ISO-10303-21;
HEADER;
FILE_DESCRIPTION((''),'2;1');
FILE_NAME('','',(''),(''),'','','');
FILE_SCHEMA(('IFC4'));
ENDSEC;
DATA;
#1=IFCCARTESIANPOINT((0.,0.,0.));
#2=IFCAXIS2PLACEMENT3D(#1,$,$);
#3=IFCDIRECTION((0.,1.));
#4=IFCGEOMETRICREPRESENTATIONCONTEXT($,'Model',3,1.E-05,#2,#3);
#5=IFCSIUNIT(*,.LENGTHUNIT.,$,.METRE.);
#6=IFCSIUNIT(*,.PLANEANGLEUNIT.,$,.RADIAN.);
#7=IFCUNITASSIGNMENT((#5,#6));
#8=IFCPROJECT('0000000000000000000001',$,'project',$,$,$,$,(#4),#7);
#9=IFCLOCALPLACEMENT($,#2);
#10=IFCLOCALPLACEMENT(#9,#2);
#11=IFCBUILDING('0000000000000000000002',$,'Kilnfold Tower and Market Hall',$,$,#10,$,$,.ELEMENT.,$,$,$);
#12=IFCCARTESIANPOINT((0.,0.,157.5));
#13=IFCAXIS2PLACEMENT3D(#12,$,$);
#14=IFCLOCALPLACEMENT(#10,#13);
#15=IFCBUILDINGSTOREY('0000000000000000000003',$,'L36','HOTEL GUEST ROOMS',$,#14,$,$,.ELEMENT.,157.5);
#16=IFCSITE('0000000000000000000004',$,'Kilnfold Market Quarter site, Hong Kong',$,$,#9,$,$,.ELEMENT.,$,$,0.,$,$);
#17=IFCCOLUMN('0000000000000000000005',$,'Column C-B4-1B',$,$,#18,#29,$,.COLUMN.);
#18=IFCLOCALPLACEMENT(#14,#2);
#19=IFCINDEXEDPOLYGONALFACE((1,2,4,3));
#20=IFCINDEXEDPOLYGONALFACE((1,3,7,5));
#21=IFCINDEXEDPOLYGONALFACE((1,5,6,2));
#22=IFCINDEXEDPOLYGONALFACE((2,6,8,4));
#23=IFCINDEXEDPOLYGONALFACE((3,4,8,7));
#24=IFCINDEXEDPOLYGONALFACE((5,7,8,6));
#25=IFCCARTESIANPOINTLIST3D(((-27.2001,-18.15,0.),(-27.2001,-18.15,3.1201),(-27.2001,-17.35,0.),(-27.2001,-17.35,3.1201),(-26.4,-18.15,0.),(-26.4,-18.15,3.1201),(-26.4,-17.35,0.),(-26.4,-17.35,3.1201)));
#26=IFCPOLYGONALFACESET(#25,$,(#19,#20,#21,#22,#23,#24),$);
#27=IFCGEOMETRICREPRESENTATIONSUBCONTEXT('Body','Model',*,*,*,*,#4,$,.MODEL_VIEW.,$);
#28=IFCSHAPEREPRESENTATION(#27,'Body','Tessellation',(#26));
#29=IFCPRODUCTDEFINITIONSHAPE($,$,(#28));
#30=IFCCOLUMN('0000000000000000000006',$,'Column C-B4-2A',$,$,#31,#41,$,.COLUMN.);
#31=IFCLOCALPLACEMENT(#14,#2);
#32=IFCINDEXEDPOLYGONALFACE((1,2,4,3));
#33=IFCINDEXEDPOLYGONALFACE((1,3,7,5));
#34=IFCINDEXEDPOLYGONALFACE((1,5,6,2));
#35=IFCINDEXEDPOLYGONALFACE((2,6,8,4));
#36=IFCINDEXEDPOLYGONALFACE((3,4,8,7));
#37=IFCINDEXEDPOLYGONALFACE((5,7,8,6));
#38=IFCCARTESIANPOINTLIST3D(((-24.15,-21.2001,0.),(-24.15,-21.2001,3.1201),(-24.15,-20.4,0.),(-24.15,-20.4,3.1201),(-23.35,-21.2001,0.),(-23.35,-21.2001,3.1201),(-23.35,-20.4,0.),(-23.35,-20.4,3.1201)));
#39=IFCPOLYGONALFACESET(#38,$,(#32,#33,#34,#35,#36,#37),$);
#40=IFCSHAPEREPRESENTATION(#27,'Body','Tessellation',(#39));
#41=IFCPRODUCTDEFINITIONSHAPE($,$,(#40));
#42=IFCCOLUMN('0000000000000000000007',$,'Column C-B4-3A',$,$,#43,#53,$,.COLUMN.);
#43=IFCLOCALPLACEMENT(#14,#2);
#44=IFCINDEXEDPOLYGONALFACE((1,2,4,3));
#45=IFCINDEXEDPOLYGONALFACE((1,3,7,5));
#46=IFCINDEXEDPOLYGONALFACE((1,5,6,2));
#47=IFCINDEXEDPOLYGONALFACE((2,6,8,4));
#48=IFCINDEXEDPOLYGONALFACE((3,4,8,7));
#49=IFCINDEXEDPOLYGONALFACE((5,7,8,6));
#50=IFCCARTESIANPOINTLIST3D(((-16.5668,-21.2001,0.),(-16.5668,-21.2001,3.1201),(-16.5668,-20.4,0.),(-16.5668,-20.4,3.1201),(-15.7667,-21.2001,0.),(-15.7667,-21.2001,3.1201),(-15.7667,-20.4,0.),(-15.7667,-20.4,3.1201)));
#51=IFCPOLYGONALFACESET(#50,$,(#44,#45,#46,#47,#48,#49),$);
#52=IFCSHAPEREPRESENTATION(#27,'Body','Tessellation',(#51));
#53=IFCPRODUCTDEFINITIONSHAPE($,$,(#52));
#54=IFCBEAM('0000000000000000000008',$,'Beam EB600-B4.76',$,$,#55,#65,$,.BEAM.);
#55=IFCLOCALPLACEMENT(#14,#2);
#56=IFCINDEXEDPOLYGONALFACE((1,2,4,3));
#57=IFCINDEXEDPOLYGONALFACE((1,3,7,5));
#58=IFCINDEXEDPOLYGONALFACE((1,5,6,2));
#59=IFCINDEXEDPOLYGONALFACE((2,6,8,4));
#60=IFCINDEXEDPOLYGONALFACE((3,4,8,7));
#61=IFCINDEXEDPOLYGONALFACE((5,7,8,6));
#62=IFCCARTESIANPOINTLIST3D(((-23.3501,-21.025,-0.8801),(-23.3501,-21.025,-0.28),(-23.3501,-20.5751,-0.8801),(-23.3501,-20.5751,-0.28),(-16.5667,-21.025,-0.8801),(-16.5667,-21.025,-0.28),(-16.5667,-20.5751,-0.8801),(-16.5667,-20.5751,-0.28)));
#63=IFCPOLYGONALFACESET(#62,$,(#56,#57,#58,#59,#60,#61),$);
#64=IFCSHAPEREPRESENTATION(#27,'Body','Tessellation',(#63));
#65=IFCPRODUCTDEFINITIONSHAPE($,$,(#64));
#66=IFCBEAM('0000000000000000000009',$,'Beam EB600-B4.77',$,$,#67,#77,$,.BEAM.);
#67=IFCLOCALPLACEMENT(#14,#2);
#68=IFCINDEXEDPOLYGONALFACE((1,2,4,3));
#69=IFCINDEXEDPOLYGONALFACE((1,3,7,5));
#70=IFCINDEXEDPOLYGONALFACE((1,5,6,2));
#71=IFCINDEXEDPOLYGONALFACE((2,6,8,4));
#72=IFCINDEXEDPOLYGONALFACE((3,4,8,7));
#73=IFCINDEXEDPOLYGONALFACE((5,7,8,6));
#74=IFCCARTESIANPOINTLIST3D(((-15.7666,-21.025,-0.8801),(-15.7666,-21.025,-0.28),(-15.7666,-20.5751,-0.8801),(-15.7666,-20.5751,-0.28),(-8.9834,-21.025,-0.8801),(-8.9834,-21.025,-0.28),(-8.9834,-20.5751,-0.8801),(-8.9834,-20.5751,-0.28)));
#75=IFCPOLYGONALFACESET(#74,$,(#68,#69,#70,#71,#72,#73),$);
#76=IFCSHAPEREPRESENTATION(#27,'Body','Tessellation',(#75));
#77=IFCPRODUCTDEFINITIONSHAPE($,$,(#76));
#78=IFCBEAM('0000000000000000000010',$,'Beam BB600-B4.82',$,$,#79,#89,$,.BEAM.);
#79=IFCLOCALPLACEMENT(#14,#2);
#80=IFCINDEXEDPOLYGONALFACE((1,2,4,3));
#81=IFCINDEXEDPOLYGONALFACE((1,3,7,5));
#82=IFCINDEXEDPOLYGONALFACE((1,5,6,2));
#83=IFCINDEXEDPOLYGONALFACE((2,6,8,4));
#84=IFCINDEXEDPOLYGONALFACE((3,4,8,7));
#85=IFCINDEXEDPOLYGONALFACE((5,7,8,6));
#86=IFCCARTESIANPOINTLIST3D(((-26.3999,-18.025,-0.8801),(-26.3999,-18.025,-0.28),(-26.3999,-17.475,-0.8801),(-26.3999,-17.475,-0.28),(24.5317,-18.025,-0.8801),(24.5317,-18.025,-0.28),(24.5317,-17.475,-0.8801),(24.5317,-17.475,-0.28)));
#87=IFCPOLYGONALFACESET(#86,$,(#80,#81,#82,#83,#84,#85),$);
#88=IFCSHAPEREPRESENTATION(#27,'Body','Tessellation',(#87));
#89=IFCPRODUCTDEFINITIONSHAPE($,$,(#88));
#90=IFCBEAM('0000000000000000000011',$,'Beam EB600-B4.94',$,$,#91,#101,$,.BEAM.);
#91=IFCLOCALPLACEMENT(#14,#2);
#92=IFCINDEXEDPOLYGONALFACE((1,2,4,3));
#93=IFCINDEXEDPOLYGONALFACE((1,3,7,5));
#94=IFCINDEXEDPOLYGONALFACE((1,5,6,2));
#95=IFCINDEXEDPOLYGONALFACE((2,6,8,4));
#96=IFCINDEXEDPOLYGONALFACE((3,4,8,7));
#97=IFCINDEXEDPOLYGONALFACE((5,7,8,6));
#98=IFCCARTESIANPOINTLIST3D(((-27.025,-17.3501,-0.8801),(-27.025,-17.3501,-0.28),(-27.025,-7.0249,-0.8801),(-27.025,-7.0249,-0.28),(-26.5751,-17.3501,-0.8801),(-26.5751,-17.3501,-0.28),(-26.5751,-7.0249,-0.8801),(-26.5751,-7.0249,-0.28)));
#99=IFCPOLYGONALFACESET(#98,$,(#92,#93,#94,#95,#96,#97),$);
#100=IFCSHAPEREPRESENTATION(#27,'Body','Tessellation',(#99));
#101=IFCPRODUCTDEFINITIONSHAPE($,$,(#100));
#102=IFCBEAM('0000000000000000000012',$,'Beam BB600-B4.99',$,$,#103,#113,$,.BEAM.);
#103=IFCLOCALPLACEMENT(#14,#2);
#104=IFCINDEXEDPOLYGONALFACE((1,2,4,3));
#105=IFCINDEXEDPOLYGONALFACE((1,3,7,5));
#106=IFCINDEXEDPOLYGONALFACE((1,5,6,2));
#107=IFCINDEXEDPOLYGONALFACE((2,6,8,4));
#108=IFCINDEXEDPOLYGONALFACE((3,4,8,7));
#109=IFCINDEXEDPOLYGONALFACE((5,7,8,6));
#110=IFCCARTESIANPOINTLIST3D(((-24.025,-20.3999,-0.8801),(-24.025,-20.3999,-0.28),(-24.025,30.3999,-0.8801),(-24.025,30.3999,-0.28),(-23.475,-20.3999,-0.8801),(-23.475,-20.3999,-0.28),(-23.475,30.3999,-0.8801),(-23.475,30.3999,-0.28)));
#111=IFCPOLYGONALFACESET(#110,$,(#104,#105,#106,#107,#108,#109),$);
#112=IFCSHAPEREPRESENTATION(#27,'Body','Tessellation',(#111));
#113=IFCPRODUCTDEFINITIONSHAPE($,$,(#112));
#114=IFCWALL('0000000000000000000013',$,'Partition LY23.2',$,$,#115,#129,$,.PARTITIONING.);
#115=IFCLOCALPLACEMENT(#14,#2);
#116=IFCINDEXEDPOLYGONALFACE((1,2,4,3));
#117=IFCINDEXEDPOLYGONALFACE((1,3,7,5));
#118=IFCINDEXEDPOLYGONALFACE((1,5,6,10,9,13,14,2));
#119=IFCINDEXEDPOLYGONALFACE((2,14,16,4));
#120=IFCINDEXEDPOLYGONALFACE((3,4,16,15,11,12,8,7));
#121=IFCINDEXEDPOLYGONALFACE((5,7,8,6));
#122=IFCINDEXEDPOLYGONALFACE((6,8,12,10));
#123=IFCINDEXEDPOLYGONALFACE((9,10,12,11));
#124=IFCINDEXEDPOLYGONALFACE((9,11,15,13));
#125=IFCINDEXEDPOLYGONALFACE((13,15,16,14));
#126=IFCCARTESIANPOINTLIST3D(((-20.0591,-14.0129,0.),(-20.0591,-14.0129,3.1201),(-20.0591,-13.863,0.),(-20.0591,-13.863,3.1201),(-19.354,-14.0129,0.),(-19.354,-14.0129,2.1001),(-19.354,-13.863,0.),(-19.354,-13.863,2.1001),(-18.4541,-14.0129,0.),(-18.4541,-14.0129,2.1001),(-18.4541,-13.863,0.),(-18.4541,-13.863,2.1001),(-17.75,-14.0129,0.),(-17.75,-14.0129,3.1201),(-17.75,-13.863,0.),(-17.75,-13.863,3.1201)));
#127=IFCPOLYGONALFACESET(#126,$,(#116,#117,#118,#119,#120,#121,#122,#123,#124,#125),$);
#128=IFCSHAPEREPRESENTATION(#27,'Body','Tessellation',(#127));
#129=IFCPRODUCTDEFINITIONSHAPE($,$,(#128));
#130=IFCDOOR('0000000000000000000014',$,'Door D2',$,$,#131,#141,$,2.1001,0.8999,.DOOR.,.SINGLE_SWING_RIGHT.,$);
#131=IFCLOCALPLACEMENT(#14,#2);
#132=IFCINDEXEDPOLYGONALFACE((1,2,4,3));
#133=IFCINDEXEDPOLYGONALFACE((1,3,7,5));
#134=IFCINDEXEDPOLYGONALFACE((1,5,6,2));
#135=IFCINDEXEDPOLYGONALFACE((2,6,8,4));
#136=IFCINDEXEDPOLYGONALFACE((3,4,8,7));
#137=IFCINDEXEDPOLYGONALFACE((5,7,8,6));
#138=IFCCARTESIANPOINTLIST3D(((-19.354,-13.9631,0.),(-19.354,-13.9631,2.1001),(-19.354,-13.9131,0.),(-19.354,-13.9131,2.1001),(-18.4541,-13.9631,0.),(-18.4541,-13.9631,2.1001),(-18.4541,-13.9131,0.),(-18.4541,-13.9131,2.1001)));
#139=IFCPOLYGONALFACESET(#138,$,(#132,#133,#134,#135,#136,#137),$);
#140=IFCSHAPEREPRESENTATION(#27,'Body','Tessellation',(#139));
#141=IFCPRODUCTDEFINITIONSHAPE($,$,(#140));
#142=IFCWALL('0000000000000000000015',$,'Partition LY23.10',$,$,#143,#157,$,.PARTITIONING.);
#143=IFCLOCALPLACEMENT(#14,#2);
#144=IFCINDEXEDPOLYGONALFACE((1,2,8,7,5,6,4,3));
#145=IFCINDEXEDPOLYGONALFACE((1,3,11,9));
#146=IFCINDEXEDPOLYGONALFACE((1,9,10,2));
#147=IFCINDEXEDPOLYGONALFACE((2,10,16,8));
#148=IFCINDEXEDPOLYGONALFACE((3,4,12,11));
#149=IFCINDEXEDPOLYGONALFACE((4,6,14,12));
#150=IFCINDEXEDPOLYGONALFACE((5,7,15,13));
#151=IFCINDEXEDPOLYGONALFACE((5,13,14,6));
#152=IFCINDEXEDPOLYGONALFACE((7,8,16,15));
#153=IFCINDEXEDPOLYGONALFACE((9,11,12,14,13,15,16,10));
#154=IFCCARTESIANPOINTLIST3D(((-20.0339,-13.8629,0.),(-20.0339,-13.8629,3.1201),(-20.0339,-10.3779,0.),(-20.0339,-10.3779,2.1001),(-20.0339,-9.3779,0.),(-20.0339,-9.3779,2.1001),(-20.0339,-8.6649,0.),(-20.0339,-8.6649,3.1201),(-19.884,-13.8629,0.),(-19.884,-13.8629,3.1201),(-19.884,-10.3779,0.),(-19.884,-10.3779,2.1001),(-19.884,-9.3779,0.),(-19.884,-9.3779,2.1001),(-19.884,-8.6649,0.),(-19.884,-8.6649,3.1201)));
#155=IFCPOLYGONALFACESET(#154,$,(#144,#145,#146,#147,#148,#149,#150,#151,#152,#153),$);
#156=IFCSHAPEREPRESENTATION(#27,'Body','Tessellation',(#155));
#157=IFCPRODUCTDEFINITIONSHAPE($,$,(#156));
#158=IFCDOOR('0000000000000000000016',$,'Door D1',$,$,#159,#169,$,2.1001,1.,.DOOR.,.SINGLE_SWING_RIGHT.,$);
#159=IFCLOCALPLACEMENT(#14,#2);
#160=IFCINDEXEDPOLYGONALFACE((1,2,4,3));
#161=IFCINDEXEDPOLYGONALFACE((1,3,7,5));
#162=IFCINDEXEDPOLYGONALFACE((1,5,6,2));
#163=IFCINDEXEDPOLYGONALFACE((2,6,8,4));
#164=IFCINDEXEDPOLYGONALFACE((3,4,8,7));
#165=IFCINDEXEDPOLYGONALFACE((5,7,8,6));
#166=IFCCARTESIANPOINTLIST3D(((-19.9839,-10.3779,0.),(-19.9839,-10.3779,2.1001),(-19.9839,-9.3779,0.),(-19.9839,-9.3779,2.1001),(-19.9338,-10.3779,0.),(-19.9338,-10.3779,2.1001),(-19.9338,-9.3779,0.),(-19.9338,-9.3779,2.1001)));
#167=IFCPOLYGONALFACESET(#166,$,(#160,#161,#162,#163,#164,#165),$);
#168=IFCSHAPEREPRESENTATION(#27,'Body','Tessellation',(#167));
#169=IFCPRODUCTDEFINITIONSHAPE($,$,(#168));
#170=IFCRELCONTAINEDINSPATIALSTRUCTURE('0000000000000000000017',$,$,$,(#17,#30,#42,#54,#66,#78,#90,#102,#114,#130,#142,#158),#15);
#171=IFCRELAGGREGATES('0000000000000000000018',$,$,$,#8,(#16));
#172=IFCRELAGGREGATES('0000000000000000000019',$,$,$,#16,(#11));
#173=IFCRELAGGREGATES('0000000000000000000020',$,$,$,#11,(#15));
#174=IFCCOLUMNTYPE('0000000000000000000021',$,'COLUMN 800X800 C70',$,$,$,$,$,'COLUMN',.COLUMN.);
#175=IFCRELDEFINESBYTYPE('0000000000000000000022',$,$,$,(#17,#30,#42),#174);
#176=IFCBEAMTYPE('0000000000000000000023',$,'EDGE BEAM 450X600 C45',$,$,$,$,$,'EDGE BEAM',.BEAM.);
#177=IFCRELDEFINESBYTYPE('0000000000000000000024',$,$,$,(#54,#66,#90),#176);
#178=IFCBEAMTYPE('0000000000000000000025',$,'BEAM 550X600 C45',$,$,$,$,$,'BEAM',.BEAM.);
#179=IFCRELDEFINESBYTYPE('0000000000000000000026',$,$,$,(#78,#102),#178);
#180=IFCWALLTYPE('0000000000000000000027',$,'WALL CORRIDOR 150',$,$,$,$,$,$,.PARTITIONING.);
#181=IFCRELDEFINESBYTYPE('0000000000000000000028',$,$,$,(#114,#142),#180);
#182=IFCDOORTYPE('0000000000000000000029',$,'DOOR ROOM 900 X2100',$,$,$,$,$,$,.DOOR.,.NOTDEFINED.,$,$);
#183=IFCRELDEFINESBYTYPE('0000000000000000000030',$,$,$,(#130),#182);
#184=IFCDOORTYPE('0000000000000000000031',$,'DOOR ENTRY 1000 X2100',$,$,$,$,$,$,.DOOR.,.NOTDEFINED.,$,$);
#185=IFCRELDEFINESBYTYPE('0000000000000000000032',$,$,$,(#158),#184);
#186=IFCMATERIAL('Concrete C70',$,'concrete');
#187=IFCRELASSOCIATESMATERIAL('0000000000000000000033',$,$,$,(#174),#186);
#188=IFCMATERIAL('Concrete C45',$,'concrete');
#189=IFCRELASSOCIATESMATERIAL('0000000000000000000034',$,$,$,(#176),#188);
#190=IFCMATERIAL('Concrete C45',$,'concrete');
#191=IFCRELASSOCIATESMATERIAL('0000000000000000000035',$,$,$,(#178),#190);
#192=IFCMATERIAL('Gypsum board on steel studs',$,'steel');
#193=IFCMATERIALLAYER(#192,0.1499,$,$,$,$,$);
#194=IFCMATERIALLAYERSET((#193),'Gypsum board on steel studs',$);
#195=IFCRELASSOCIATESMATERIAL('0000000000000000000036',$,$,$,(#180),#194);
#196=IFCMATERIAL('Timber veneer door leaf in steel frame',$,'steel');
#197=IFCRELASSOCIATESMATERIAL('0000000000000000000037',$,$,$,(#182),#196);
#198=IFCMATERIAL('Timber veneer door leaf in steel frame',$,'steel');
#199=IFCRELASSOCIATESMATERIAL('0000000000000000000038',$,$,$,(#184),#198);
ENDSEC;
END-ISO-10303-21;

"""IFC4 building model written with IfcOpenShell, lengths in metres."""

from ifc_helpers import new_model, si_unit, direction, frame, frame_2d, origin, origin_2d, place, context, subcontext, project, spatial, rectangle, extrude, source, transform, mapped, material, layer, layer_set, material_profile, profile_set, type_object, element, fill, save


model = new_model("IFC4")

# Units and contexts
model_context = context("Model", 3, precision=1e-05, world=origin(), true_north=direction((0.0, 1.0)))
body_context = subcontext(model_context, "Body", "Model", "MODEL_VIEW")
ifc_project = project(units=[si_unit("LENGTHUNIT", "METRE"), si_unit("PLANEANGLEUNIT", "RADIAN")], contexts=[model_context])

# Site, building, storey
site_placement = place(None, origin())
site = spatial("IfcSite", under=ifc_project, at=site_placement, Name="Kilnfold Market Quarter site, Hong Kong", CompositionType="ELEMENT", RefElevation=0.0)
building_placement = place(site_placement, origin())
building = spatial("IfcBuilding", under=site, at=building_placement, Name="Kilnfold Tower and Market Hall", CompositionType="ELEMENT")
storey_placement = place(building_placement, frame((0.0, 0.0, 157.5)))
storey = spatial("IfcBuildingStorey", under=building, at=storey_placement, Name="L36", Description="HOTEL GUEST ROOMS", CompositionType="ELEMENT", Elevation=157.5)

# Columns
ifc_material_1 = material(Name="Concrete C70", Category="concrete")
ifc_material_profile_1 = material_profile(ifc_material_1, rectangle(XDim=0.8, YDim=0.8, at=origin_2d()), Name="RC 800x800")
ifc_profile_set_1 = profile_set([ifc_material_profile_1], Name="Concrete C70")
column_type = type_object("IfcColumnType", Name="COLUMN 800X800 C70", ElementType="COLUMN", PredefinedType="COLUMN", material=ifc_profile_set_1)
shared_shape_1 = source(origin(), body_context, "Body", "SweptSolid", [
    extrude(rectangle(XDim=0.8, YDim=0.8, at=origin_2d()), origin(), (0.0, 0.0, 1.0), 3.1201),
])
for number, where, z_axis, x_axis, name in (
    (1, (-26.8, -17.75, 0.0), (0.0, 0.0, 1.0), (1.0, 0.0, 0.0), "Column C-B4-1B"),
    (2, (-23.75, -20.8, 0.0), (0.0, 0.0, 1.0), (1.0, 0.0, 0.0), "Column C-B4-2A"),
    (3, (-16.1667, -20.8, 0.0), (0.0, 0.0, 1.0), (1.0, 0.0, 0.0), "Column C-B4-3A"),
):
    element("IfcColumn", number, at=place(storey_placement, frame(where, z_axis=z_axis, x_axis=x_axis)), inside=storey, type_object=column_type, Name=name, PredefinedType="COLUMN", context=body_context, shape_type="MappedRepresentation", body=[
        mapped(shared_shape_1, transform((0.0, 0.0, 0.0))),
    ])

# Beams
ifc_material_2 = material(Name="Concrete C45", Category="concrete")
ifc_material_profile_2 = material_profile(ifc_material_2, rectangle(XDim=0.45, YDim=0.6001, at=origin_2d()), Name="RC 450x600")
ifc_profile_set_2 = profile_set([ifc_material_profile_2], Name="Concrete C45")
beam_type_1 = type_object("IfcBeamType", Name="EDGE BEAM 450X600 C45", ElementType="EDGE BEAM", PredefinedType="BEAM", material=ifc_profile_set_2)
shared_shape_2 = source(origin(), body_context, "Body", "SweptSolid", [
    extrude(rectangle(XDim=0.45, YDim=0.6001, at=origin_2d()), origin(), (0.0, 0.0, 1.0), 6.7834),
])
beam_1_placement = place(storey_placement, frame((-23.3501, -20.8, -0.5801), z_axis=(1.0, 0.0, 0.0), x_axis=(0.0, 1.0, 0.0)))
element("IfcBeam", 4, at=beam_1_placement, inside=storey, type_object=beam_type_1, Name="Beam EB600-B4.76", PredefinedType="BEAM", context=body_context, shape_type="MappedRepresentation", body=[
    mapped(shared_shape_2, transform((0.0, 0.0, 0.0))),
])
shared_shape_3 = source(origin(), body_context, "Body", "SweptSolid", [
    extrude(rectangle(XDim=0.45, YDim=0.6001, at=origin_2d()), origin(), (0.0, 0.0, 1.0), 6.7832),
])
beam_2_placement = place(storey_placement, frame((-15.7666, -20.8, -0.5801), z_axis=(1.0, 0.0, 0.0), x_axis=(0.0, 1.0, 0.0)))
element("IfcBeam", 5, at=beam_2_placement, inside=storey, type_object=beam_type_1, Name="Beam EB600-B4.77", PredefinedType="BEAM", context=body_context, shape_type="MappedRepresentation", body=[
    mapped(shared_shape_3, transform((0.0, 0.0, 0.0))),
])
ifc_material_3 = material(Name="Concrete C45", Category="concrete")
ifc_material_profile_3 = material_profile(ifc_material_3, rectangle(XDim=0.55, YDim=0.6001, at=origin_2d()), Name="RC 550x600")
ifc_profile_set_3 = profile_set([ifc_material_profile_3], Name="Concrete C45")
beam_type_2 = type_object("IfcBeamType", Name="BEAM 550X600 C45", ElementType="BEAM", PredefinedType="BEAM", material=ifc_profile_set_3)
shared_shape_4 = source(origin(), body_context, "Body", "SweptSolid", [
    extrude(rectangle(XDim=0.55, YDim=0.6001, at=origin_2d()), origin(), (0.0, 0.0, 1.0), 50.9316),
])
beam_3_placement = place(storey_placement, frame((-26.3999, -17.75, -0.5801), z_axis=(1.0, 0.0, 0.0), x_axis=(0.0, 1.0, 0.0)))
element("IfcBeam", 6, at=beam_3_placement, inside=storey, type_object=beam_type_2, Name="Beam BB600-B4.82", PredefinedType="BEAM", context=body_context, shape_type="MappedRepresentation", body=[
    mapped(shared_shape_4, transform((0.0, 0.0, 0.0))),
])
shared_shape_5 = source(origin(), body_context, "Body", "SweptSolid", [
    extrude(rectangle(XDim=0.45, YDim=0.6001, at=origin_2d()), origin(), (0.0, 0.0, 1.0), 10.3252),
])
beam_4_placement = place(storey_placement, frame((-26.8, -17.3501, -0.5801), z_axis=(0.0, 1.0, 0.0), x_axis=(-1.0, 0.0, 0.0)))
element("IfcBeam", 7, at=beam_4_placement, inside=storey, type_object=beam_type_1, Name="Beam EB600-B4.94", PredefinedType="BEAM", context=body_context, shape_type="MappedRepresentation", body=[
    mapped(shared_shape_5, transform((0.0, 0.0, 0.0))),
])
shared_shape_6 = source(origin(), body_context, "Body", "SweptSolid", [
    extrude(rectangle(XDim=0.55, YDim=0.6001, at=origin_2d()), origin(), (0.0, 0.0, 1.0), 50.7998),
])
beam_5_placement = place(storey_placement, frame((-23.75, -20.3999, -0.5801), z_axis=(0.0, 1.0, 0.0), x_axis=(-1.0, 0.0, 0.0)))
element("IfcBeam", 8, at=beam_5_placement, inside=storey, type_object=beam_type_2, Name="Beam BB600-B4.99", PredefinedType="BEAM", context=body_context, shape_type="MappedRepresentation", body=[
    mapped(shared_shape_6, transform((0.0, 0.0, 0.0))),
])

# Walls, openings, doors
ifc_material_4 = material(Name="Gypsum board on steel studs", Category="steel")
ifc_layer_1 = layer(ifc_material_4, 0.1499)
ifc_layer_set_1 = layer_set([ifc_layer_1], Name="Gypsum board on steel studs")
wall_type_1 = type_object("IfcWallType", Name="WALL CORRIDOR 150", PredefinedType="PARTITIONING", material=ifc_layer_set_1)
wall_1_placement = place(storey_placement, frame((-20.0591, -13.938, 0.0), z_axis=(0.0, 0.0, 1.0), x_axis=(1.0, 0.0, 0.0)))
wall_1 = element("IfcWall", 9, at=wall_1_placement, inside=storey, type_object=wall_type_1, Name="Partition LY23.2", PredefinedType="PARTITIONING", context=body_context, shape_type="SweptSolid", body=[
    extrude(rectangle(XDim=2.3091, YDim=0.1499, at=frame_2d((1.1545, 0.0))), origin(), (0.0, 0.0, 1.0), 3.1201),
])
opening_1_placement = place(wall_1_placement, frame((0.7051, 0.0, 0.0)))
opening_1 = element("IfcOpeningElement", 10, at=opening_1_placement, cuts=wall_1, PredefinedType="OPENING", context=body_context, shape_type="SweptSolid", body=[
    extrude(rectangle(XDim=0.8999, YDim=2.1001, at=frame_2d((0.45, 1.05))), frame((0.0, 0.085, 0.0), z_axis=(0.0, -1.0, 0.0), x_axis=(1.0, 0.0, 0.0)), (0.0, 0.0, 1.0), 0.1699),
])
ifc_material_5 = material(Name="Timber veneer door leaf in steel frame", Category="steel")
door_type_1 = type_object("IfcDoorType", Name="DOOR ROOM 900 X2100", OperationType="NOTDEFINED", PredefinedType="DOOR", material=ifc_material_5)
door_1_placement = place(opening_1_placement, origin())
door_1 = element("IfcDoor", 11, at=door_1_placement, inside=storey, type_object=door_type_1, Name="Door D2", OperationType="SINGLE_SWING_RIGHT", OverallHeight=2.1001, OverallWidth=0.8999, PredefinedType="DOOR", context=body_context, shape_type="SweptSolid", body=[
    extrude(rectangle(XDim=0.8999, YDim=2.1001, at=frame_2d((0.45, 1.05))), frame((0.0, 0.0249, 0.0), z_axis=(0.0, -1.0, 0.0), x_axis=(1.0, 0.0, 0.0)), (0.0, 0.0, 1.0), 0.05),
])
fill(opening_1, door_1)
wall_2_placement = place(storey_placement, frame((-19.959, -13.863, 0.0), z_axis=(0.0, 0.0, 1.0), x_axis=(0.0, 1.0, 0.0)))
wall_2 = element("IfcWall", 12, at=wall_2_placement, inside=storey, type_object=wall_type_1, Name="Partition LY23.10", PredefinedType="PARTITIONING", context=body_context, shape_type="SweptSolid", body=[
    extrude(rectangle(XDim=5.198, YDim=0.1499, at=frame_2d((2.5991, 0.0))), origin(), (0.0, 0.0, 1.0), 3.1201),
])
opening_2_placement = place(wall_2_placement, frame((3.4851, 0.0, 0.0)))
opening_2 = element("IfcOpeningElement", 13, at=opening_2_placement, cuts=wall_2, PredefinedType="OPENING", context=body_context, shape_type="SweptSolid", body=[
    extrude(rectangle(XDim=1.0, YDim=2.1001, at=frame_2d((0.5, 1.05))), frame((0.0, 0.085, 0.0), z_axis=(0.0, -1.0, 0.0), x_axis=(1.0, 0.0, 0.0)), (0.0, 0.0, 1.0), 0.1699),
])
ifc_material_6 = material(Name="Timber veneer door leaf in steel frame", Category="steel")
door_type_2 = type_object("IfcDoorType", Name="DOOR ENTRY 1000 X2100", OperationType="NOTDEFINED", PredefinedType="DOOR", material=ifc_material_6)
door_2_placement = place(opening_2_placement, origin())
door_2 = element("IfcDoor", 14, at=door_2_placement, inside=storey, type_object=door_type_2, Name="Door D1", OperationType="SINGLE_SWING_RIGHT", OverallHeight=2.1001, OverallWidth=1.0, PredefinedType="DOOR", context=body_context, shape_type="SweptSolid", body=[
    extrude(rectangle(XDim=1.0, YDim=2.1001, at=frame_2d((0.5, 1.05))), frame((0.0, 0.0249, 0.0), z_axis=(0.0, -1.0, 0.0), x_axis=(1.0, 0.0, 0.0)), (0.0, 0.0, 1.0), 0.05),
])
fill(opening_2, door_2)

save(model, "model.ifc")
